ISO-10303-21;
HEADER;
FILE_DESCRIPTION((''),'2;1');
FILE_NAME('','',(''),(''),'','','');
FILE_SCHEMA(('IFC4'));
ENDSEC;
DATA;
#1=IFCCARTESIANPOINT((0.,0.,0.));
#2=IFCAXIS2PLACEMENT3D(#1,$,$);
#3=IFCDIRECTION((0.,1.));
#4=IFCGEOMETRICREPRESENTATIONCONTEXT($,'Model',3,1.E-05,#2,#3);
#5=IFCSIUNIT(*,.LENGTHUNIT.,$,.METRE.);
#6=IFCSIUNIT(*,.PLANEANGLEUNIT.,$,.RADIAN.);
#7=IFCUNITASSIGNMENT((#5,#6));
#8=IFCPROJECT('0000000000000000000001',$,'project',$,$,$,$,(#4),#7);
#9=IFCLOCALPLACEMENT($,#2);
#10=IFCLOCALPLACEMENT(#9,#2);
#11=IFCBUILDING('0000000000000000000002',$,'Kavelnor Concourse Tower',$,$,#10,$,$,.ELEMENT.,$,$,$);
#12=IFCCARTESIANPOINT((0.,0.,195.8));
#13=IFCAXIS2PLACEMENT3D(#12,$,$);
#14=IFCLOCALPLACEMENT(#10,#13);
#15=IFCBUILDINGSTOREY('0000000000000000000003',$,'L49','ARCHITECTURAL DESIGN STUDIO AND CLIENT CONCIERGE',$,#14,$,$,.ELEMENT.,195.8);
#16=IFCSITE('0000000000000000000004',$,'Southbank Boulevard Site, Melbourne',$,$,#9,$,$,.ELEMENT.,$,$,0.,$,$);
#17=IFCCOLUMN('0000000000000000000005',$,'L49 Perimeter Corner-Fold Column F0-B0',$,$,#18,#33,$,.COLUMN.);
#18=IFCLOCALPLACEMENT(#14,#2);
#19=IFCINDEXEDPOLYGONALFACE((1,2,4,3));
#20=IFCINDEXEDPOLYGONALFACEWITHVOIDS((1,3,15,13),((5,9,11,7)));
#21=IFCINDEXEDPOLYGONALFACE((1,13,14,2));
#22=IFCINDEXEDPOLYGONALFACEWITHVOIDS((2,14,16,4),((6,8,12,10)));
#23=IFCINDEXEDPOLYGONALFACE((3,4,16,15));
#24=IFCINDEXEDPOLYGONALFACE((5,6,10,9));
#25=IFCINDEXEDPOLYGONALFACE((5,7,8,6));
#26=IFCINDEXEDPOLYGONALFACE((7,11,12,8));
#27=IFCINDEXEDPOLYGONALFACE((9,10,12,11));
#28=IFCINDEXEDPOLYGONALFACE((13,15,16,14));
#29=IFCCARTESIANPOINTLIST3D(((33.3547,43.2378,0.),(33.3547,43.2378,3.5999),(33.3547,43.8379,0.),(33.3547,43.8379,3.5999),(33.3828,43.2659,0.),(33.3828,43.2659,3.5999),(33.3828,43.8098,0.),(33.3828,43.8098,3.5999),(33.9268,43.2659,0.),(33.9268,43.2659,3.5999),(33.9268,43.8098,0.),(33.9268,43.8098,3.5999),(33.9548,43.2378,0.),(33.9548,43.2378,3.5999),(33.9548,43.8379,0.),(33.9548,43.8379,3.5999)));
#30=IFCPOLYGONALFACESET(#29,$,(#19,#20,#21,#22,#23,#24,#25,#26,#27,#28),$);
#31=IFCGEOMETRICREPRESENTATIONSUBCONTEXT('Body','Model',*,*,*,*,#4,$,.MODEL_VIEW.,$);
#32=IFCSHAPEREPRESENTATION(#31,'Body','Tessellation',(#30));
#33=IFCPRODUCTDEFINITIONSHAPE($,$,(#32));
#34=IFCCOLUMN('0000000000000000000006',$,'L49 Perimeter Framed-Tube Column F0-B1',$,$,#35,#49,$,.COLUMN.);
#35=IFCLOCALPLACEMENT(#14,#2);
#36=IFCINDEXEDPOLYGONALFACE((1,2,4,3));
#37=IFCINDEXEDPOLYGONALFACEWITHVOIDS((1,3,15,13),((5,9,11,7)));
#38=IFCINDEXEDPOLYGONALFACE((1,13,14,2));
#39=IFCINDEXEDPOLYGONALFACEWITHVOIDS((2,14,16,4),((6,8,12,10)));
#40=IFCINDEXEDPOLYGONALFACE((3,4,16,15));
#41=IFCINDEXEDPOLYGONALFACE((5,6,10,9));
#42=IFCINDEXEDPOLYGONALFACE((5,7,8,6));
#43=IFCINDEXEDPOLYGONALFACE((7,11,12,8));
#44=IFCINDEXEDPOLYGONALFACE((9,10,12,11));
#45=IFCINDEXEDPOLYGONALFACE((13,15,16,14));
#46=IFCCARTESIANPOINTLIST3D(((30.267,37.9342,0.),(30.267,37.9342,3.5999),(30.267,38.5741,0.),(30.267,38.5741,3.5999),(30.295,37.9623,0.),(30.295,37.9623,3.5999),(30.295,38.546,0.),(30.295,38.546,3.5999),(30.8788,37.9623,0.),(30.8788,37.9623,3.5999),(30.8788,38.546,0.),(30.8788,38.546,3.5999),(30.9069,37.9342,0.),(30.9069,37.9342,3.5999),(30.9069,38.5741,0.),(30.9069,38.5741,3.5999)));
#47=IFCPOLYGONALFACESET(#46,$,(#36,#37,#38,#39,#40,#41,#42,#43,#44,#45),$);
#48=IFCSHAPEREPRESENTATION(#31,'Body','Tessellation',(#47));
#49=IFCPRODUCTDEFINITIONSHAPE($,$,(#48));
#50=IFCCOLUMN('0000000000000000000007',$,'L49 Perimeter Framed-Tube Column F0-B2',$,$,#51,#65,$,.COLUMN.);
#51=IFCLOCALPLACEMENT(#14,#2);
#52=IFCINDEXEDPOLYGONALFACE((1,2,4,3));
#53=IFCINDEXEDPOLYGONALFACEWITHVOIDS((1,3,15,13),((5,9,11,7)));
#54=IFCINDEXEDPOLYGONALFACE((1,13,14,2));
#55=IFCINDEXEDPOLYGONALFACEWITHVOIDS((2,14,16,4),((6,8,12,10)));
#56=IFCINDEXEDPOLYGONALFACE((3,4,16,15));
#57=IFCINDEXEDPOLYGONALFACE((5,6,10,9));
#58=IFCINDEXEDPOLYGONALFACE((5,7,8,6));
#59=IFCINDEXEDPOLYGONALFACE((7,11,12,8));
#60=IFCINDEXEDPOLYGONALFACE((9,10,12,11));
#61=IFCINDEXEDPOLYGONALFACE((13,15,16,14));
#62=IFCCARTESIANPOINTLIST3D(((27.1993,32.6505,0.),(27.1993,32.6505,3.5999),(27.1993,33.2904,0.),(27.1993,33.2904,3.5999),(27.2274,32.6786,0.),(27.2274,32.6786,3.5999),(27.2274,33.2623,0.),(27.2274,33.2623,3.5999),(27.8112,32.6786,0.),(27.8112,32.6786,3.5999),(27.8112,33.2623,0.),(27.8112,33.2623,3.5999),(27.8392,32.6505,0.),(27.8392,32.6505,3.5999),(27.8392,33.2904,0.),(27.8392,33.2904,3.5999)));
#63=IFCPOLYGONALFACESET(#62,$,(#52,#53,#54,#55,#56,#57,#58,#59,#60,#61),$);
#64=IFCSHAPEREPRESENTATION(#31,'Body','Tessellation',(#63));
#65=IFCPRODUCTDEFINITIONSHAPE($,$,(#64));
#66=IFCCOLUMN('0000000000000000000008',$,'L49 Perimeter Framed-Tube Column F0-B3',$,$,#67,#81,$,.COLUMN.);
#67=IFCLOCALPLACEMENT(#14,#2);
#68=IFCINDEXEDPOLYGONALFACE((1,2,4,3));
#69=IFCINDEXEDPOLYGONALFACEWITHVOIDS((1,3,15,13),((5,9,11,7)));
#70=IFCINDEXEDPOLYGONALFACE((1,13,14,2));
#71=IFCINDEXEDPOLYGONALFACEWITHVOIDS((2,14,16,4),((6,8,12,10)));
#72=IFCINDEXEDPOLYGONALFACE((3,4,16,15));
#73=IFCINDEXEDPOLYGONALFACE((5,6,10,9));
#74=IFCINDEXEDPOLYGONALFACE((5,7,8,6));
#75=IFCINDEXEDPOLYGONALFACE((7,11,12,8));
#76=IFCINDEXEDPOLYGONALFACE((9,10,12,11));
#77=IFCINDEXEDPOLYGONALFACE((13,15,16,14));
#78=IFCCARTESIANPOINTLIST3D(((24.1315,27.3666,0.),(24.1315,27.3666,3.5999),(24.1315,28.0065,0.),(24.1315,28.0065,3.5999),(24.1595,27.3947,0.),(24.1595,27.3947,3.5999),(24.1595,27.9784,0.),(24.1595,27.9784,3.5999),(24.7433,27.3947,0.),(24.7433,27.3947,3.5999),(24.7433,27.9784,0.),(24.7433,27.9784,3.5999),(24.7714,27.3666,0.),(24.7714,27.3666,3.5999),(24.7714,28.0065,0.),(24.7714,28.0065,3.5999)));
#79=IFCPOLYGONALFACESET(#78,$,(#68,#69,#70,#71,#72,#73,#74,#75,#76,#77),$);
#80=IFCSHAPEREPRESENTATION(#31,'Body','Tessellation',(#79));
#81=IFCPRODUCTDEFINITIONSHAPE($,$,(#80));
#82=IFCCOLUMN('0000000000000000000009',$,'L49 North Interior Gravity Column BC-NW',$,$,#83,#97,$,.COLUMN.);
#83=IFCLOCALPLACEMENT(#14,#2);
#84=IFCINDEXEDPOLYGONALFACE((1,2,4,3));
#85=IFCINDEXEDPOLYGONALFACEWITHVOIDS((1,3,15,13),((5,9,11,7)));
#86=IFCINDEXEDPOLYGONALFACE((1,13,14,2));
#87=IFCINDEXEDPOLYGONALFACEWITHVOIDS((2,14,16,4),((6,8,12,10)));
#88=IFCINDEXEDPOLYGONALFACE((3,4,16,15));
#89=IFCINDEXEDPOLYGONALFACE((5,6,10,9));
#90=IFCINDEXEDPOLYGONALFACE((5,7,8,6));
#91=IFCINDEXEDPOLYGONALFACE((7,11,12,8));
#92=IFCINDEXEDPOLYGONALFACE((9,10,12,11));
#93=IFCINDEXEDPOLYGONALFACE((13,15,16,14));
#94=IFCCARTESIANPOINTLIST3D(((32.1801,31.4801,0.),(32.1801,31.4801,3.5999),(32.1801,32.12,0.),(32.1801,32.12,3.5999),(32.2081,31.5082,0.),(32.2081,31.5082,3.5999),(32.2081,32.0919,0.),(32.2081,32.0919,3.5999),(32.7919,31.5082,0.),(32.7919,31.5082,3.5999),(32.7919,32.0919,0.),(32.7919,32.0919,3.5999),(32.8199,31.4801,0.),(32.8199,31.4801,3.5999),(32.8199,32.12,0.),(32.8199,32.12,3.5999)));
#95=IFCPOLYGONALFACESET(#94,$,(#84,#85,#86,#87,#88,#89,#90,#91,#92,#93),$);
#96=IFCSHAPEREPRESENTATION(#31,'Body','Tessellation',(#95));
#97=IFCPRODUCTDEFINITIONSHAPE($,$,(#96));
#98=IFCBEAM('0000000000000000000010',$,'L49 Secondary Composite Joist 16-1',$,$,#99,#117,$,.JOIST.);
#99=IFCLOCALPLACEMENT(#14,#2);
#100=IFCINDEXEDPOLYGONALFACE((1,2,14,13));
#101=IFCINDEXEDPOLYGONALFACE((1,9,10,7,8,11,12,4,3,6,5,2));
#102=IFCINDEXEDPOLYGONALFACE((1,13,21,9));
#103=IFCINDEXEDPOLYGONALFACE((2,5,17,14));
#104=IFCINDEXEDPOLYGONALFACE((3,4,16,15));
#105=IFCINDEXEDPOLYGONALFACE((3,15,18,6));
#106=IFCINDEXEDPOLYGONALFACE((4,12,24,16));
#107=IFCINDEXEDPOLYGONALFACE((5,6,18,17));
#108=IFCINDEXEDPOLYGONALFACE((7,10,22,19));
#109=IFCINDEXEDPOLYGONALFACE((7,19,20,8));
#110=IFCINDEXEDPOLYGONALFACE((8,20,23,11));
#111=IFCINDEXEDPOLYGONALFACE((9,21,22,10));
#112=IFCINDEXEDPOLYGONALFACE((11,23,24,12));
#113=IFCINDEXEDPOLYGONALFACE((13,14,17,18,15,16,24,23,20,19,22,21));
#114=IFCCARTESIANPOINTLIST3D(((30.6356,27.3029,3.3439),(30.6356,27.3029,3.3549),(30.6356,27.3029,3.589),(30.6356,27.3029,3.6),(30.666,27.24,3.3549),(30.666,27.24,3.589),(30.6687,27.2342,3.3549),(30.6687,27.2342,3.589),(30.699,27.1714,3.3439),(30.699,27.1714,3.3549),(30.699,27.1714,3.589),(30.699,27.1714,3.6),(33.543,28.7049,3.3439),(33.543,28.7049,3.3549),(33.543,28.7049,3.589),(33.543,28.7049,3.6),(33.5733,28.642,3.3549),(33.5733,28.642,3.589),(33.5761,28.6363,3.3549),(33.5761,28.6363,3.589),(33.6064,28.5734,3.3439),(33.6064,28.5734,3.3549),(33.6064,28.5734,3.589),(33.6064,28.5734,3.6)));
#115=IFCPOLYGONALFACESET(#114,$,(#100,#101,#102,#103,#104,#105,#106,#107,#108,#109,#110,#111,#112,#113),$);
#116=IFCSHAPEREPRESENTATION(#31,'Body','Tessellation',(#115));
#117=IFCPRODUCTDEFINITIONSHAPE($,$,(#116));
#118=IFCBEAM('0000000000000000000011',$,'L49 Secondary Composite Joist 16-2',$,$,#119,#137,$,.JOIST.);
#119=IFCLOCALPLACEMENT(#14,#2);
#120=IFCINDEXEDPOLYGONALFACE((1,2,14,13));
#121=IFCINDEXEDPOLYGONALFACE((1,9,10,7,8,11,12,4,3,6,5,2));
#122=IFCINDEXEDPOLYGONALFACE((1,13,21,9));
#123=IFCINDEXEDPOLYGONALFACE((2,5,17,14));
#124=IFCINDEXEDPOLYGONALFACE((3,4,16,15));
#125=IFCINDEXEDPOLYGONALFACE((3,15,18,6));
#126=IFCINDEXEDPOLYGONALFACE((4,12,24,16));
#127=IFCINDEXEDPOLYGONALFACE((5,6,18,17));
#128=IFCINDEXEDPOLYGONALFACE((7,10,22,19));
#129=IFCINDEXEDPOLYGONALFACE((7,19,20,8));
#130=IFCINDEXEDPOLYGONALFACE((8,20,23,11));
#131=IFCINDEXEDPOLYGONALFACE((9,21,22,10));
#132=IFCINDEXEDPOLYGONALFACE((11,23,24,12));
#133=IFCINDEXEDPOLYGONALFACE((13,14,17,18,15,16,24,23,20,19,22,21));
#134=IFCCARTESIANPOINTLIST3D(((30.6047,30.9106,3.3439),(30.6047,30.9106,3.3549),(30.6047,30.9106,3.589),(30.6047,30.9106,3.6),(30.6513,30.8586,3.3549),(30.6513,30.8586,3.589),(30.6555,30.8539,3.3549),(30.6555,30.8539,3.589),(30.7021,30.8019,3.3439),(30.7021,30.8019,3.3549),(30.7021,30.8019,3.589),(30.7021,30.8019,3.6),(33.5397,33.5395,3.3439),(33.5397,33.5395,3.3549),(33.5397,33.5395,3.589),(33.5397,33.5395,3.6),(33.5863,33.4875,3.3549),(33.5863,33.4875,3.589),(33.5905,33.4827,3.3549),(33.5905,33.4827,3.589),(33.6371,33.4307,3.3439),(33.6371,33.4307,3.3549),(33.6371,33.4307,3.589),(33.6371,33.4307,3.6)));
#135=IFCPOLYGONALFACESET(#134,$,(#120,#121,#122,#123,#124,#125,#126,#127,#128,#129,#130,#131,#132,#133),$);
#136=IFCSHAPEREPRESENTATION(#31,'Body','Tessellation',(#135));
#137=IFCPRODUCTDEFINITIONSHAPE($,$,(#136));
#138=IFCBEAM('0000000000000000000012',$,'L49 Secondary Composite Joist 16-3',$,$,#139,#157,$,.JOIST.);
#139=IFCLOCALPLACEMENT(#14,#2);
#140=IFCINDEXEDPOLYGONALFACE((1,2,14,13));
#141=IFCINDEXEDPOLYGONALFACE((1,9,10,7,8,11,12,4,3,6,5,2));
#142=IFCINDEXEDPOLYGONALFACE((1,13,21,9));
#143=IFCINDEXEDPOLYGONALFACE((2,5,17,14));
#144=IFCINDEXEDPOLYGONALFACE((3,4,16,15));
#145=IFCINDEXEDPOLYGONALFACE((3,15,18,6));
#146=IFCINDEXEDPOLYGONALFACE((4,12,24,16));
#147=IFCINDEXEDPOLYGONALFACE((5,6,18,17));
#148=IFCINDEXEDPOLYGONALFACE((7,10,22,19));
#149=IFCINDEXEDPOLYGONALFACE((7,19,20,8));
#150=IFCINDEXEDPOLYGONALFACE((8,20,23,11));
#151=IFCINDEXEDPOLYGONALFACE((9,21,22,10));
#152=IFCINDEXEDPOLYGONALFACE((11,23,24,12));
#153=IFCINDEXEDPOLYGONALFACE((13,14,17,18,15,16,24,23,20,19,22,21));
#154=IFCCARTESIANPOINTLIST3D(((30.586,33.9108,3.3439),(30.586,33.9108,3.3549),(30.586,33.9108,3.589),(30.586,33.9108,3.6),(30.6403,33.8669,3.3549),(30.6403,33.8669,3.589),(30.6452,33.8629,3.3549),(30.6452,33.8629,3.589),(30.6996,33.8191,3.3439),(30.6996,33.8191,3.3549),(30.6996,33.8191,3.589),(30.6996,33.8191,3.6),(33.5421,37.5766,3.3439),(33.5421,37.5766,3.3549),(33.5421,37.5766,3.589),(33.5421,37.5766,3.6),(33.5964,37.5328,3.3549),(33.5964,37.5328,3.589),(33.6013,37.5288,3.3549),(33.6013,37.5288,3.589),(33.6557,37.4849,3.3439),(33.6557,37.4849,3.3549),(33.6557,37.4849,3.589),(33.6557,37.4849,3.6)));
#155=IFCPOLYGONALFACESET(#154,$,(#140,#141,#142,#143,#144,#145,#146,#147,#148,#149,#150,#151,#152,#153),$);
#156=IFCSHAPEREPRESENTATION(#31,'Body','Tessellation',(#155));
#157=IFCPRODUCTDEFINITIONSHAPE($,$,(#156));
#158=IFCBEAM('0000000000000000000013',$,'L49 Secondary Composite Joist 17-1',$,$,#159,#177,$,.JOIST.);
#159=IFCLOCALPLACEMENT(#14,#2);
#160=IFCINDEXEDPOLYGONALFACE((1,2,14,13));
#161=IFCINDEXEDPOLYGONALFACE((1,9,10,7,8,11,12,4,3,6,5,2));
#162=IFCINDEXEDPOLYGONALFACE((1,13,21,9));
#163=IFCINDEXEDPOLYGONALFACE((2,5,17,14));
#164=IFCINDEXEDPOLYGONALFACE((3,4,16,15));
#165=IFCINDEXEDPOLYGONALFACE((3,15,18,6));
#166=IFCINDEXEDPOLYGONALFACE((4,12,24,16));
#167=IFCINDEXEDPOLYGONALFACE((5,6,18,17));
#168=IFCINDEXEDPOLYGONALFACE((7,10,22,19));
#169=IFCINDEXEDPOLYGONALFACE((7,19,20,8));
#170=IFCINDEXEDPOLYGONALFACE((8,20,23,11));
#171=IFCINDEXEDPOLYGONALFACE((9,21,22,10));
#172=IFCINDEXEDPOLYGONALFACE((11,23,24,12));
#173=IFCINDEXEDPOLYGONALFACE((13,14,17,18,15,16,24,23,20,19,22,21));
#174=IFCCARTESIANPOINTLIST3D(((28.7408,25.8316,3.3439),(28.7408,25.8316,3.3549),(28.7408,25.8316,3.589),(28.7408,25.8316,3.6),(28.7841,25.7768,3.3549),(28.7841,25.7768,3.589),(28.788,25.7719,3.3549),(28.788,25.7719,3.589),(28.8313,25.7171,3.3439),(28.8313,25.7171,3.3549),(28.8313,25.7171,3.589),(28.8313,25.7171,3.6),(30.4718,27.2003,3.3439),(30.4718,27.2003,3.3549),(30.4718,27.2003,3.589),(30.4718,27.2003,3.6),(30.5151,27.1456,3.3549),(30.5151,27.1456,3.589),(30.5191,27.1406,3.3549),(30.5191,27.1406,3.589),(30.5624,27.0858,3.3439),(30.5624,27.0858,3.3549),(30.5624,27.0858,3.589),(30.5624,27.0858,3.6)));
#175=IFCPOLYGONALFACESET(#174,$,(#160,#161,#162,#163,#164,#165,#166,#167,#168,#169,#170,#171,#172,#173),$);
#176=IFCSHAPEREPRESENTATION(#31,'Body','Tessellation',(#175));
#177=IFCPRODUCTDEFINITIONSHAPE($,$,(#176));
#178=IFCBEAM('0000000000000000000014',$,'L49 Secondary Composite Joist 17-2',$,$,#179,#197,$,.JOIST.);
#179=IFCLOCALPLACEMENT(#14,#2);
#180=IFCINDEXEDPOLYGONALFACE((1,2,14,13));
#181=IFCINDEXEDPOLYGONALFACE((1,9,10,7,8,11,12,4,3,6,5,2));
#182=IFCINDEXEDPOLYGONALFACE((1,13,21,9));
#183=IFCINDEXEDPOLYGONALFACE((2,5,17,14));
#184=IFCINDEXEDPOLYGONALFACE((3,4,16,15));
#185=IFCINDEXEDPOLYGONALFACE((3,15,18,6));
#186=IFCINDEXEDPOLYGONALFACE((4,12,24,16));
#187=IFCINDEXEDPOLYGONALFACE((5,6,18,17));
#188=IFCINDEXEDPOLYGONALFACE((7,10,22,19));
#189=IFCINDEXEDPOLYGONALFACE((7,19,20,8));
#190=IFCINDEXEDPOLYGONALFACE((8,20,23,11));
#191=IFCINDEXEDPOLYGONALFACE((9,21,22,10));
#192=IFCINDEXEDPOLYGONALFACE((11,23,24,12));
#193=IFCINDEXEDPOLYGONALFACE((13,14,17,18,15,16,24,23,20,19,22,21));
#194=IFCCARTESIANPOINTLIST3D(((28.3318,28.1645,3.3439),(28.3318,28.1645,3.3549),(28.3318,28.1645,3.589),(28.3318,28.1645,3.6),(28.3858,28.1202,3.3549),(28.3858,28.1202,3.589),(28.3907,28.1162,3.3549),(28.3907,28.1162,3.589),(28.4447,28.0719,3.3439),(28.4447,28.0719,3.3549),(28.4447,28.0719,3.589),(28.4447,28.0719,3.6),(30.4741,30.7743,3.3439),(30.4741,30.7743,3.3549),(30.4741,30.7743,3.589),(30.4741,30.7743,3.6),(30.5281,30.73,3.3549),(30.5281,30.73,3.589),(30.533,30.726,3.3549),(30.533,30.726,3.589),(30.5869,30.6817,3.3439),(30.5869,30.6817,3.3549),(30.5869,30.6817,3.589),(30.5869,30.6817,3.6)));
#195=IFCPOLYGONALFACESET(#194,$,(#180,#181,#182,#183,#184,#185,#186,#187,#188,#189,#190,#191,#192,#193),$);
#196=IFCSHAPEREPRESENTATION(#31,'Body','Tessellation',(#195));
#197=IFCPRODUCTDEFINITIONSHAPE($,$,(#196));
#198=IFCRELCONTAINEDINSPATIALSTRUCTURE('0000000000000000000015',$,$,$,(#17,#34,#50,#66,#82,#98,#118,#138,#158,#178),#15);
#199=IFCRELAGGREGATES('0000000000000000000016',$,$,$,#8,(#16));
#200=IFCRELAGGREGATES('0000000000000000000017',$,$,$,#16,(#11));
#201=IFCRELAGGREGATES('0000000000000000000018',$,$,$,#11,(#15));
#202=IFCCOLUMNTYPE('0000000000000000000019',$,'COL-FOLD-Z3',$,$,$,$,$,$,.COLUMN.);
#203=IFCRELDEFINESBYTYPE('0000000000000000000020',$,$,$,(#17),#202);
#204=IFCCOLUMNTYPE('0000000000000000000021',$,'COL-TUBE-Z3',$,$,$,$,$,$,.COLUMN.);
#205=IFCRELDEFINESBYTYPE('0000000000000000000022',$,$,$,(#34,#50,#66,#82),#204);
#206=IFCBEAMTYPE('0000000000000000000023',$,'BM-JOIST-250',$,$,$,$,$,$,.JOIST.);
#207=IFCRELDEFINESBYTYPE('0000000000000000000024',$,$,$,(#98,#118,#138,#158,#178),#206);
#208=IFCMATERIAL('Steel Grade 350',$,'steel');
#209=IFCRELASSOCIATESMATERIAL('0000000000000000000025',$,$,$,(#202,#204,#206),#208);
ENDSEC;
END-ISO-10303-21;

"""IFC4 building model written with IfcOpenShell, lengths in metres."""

from ifc_helpers import new_model, si_unit, direction, frame, origin, origin_2d, place, context, subcontext, project, spatial, hollow_rectangle, i_section, extrude, material, material_profile, profile_set, type_object, element, save


model = new_model("IFC4")

# Units and contexts
model_context = context("Model", 3, precision=1e-05, world=origin(), true_north=direction((0.0, 1.0)))
body_context = subcontext(model_context, "Body", "Model", "MODEL_VIEW")
ifc_project = project(units=[si_unit("LENGTHUNIT", "METRE"), si_unit("PLANEANGLEUNIT", "RADIAN")], contexts=[model_context])

# Site, building, storey
site_placement = place(None, origin())
site = spatial("IfcSite", under=ifc_project, at=site_placement, Name="Southbank Boulevard Site, Melbourne", CompositionType="ELEMENT", RefElevation=0.0)
building_placement = place(site_placement, origin())
building = spatial("IfcBuilding", under=site, at=building_placement, Name="Kavelnor Concourse Tower", CompositionType="ELEMENT")
storey_placement = place(building_placement, frame((0.0, 0.0, 195.8)))
storey = spatial("IfcBuildingStorey", under=building, at=storey_placement, Name="L49", Description="ARCHITECTURAL DESIGN STUDIO AND CLIENT CONCIERGE", CompositionType="ELEMENT", Elevation=195.8)

# Columns
ifc_material_1 = material(Name="Steel Grade 350", Category="steel")
ifc_material_profile_1 = material_profile(ifc_material_1, hollow_rectangle(XDim=0.6001, YDim=0.6001, WallThickness=0.0281, at=origin_2d()), Name="SHS 600x600x28")
ifc_profile_set_1 = profile_set([ifc_material_profile_1], Name="Steel Grade 350")
column_type_1 = type_object("IfcColumnType", Name="COL-FOLD-Z3", PredefinedType="COLUMN", material=ifc_profile_set_1)
column_placement = place(storey_placement, frame((33.6548, 43.5378, 0.0), z_axis=(0.0, 0.0, 1.0), x_axis=(1.0, 0.0, 0.0)))
element("IfcColumn", 1, at=column_placement, inside=storey, type_object=column_type_1, Name="L49 Perimeter Corner-Fold Column F0-B0", PredefinedType="COLUMN", context=body_context, shape_type="SweptSolid", body=[
    extrude(hollow_rectangle(XDim=0.6001, YDim=0.6001, WallThickness=0.0281, at=origin_2d()), origin(), (0.0, 0.0, 1.0), 3.5999),
])
ifc_material_profile_2 = material_profile(ifc_material_1, hollow_rectangle(XDim=0.6399, YDim=0.6399, WallThickness=0.0281, at=origin_2d()), Name="SHS 640x640x28")
ifc_profile_set_2 = profile_set([ifc_material_profile_2], Name="Steel Grade 350")
column_type_2 = type_object("IfcColumnType", Name="COL-TUBE-Z3", PredefinedType="COLUMN", material=ifc_profile_set_2)
for number, where, z_axis, x_axis, name in (
    (2, (30.5869, 38.2542, 0.0), (0.0, 0.0, 1.0), (1.0, 0.0, 0.0), "L49 Perimeter Framed-Tube Column F0-B1"),
    (3, (27.5193, 32.9705, 0.0), (0.0, 0.0, 1.0), (1.0, 0.0, 0.0), "L49 Perimeter Framed-Tube Column F0-B2"),
    (4, (24.4514, 27.6865, 0.0), (0.0, 0.0, 1.0), (1.0, 0.0, 0.0), "L49 Perimeter Framed-Tube Column F0-B3"),
    (5, (32.5, 31.8, 0.0), (0.0, 0.0, 1.0), (1.0, 0.0, 0.0), "L49 North Interior Gravity Column BC-NW"),
):
    element("IfcColumn", number, at=place(storey_placement, frame(where, z_axis=z_axis, x_axis=x_axis)), inside=storey, type_object=column_type_2, Name=name, PredefinedType="COLUMN", context=body_context, shape_type="SweptSolid", body=[
        extrude(hollow_rectangle(XDim=0.6399, YDim=0.6399, WallThickness=0.0281, at=origin_2d()), origin(), (0.0, 0.0, 1.0), 3.5999),
    ])

# Beams
ifc_material_profile_3 = material_profile(ifc_material_1, i_section(OverallWidth=0.146, OverallDepth=0.2561, WebThickness=0.0063, FlangeThickness=0.011, at=origin_2d()), Name="250UB37")
ifc_profile_set_3 = profile_set([ifc_material_profile_3], Name="Steel Grade 350")
beam_type_1 = type_object("IfcBeamType", Name="BM-JOIST-250", PredefinedType="JOIST", material=ifc_profile_set_3)
beam_1_placement = place(storey_placement, frame((33.5747, 28.6392, 3.4719), z_axis=(-0.900734, -0.43437, 0.0), x_axis=(0.43437, -0.900734, 0.0)))
element("IfcBeam", 6, at=beam_1_placement, inside=storey, type_object=beam_type_1, Name="L49 Secondary Composite Joist 16-1", PredefinedType="JOIST", context=body_context, shape_type="SweptSolid", body=[
    extrude(i_section(OverallWidth=0.146, OverallDepth=0.2561, WebThickness=0.0063, FlangeThickness=0.011, at=origin_2d()), origin(), (0.0, 0.0, 1.0), 3.2278),
])
beam_2_placement = place(storey_placement, frame((33.5884, 33.4851, 3.4719), z_axis=(-0.744888, -0.66719, 0.0), x_axis=(0.66719, -0.744888, 0.0)))
element("IfcBeam", 7, at=beam_2_placement, inside=storey, type_object=beam_type_1, Name="L49 Secondary Composite Joist 16-2", PredefinedType="JOIST", context=body_context, shape_type="SweptSolid", body=[
    extrude(i_section(OverallWidth=0.146, OverallDepth=0.2561, WebThickness=0.0063, FlangeThickness=0.011, at=origin_2d()), origin(), (0.0, 0.0, 1.0), 3.9402),
])
beam_3_placement = place(storey_placement, frame((33.5989, 37.5308, 3.4719), z_axis=(-0.627725, -0.778435, 0.0), x_axis=(0.778435, -0.627725, 0.0)))
element("IfcBeam", 8, at=beam_3_placement, inside=storey, type_object=beam_type_1, Name="L49 Secondary Composite Joist 16-3", PredefinedType="JOIST", context=body_context, shape_type="SweptSolid", body=[
    extrude(i_section(OverallWidth=0.146, OverallDepth=0.2561, WebThickness=0.0063, FlangeThickness=0.011, at=origin_2d()), origin(), (0.0, 0.0, 1.0), 4.7092),
])
beam_4_placement = place(storey_placement, frame((30.5171, 27.1431, 3.4719), z_axis=(-0.784418, -0.620232, 0.0), x_axis=(0.620232, -0.784418, 0.0)))
element("IfcBeam", 9, at=beam_4_placement, inside=storey, type_object=beam_type_1, Name="L49 Secondary Composite Joist 17-1", PredefinedType="JOIST", context=body_context, shape_type="SweptSolid", body=[
    extrude(i_section(OverallWidth=0.146, OverallDepth=0.2561, WebThickness=0.0063, FlangeThickness=0.011, at=origin_2d()), origin(), (0.0, 0.0, 1.0), 2.2068),
])
beam_5_placement = place(storey_placement, frame((30.5305, 30.728, 3.4719), z_axis=(-0.634477, -0.772942, 0.0), x_axis=(0.772942, -0.634477, 0.0)))
element("IfcBeam", 10, at=beam_5_placement, inside=storey, type_object=beam_type_1, Name="L49 Secondary Composite Joist 17-2", PredefinedType="JOIST", context=body_context, shape_type="SweptSolid", body=[
    extrude(i_section(OverallWidth=0.146, OverallDepth=0.2561, WebThickness=0.0063, FlangeThickness=0.011, at=origin_2d()), origin(), (0.0, 0.0, 1.0), 3.3765),
])

save(model, "model.ifc")
